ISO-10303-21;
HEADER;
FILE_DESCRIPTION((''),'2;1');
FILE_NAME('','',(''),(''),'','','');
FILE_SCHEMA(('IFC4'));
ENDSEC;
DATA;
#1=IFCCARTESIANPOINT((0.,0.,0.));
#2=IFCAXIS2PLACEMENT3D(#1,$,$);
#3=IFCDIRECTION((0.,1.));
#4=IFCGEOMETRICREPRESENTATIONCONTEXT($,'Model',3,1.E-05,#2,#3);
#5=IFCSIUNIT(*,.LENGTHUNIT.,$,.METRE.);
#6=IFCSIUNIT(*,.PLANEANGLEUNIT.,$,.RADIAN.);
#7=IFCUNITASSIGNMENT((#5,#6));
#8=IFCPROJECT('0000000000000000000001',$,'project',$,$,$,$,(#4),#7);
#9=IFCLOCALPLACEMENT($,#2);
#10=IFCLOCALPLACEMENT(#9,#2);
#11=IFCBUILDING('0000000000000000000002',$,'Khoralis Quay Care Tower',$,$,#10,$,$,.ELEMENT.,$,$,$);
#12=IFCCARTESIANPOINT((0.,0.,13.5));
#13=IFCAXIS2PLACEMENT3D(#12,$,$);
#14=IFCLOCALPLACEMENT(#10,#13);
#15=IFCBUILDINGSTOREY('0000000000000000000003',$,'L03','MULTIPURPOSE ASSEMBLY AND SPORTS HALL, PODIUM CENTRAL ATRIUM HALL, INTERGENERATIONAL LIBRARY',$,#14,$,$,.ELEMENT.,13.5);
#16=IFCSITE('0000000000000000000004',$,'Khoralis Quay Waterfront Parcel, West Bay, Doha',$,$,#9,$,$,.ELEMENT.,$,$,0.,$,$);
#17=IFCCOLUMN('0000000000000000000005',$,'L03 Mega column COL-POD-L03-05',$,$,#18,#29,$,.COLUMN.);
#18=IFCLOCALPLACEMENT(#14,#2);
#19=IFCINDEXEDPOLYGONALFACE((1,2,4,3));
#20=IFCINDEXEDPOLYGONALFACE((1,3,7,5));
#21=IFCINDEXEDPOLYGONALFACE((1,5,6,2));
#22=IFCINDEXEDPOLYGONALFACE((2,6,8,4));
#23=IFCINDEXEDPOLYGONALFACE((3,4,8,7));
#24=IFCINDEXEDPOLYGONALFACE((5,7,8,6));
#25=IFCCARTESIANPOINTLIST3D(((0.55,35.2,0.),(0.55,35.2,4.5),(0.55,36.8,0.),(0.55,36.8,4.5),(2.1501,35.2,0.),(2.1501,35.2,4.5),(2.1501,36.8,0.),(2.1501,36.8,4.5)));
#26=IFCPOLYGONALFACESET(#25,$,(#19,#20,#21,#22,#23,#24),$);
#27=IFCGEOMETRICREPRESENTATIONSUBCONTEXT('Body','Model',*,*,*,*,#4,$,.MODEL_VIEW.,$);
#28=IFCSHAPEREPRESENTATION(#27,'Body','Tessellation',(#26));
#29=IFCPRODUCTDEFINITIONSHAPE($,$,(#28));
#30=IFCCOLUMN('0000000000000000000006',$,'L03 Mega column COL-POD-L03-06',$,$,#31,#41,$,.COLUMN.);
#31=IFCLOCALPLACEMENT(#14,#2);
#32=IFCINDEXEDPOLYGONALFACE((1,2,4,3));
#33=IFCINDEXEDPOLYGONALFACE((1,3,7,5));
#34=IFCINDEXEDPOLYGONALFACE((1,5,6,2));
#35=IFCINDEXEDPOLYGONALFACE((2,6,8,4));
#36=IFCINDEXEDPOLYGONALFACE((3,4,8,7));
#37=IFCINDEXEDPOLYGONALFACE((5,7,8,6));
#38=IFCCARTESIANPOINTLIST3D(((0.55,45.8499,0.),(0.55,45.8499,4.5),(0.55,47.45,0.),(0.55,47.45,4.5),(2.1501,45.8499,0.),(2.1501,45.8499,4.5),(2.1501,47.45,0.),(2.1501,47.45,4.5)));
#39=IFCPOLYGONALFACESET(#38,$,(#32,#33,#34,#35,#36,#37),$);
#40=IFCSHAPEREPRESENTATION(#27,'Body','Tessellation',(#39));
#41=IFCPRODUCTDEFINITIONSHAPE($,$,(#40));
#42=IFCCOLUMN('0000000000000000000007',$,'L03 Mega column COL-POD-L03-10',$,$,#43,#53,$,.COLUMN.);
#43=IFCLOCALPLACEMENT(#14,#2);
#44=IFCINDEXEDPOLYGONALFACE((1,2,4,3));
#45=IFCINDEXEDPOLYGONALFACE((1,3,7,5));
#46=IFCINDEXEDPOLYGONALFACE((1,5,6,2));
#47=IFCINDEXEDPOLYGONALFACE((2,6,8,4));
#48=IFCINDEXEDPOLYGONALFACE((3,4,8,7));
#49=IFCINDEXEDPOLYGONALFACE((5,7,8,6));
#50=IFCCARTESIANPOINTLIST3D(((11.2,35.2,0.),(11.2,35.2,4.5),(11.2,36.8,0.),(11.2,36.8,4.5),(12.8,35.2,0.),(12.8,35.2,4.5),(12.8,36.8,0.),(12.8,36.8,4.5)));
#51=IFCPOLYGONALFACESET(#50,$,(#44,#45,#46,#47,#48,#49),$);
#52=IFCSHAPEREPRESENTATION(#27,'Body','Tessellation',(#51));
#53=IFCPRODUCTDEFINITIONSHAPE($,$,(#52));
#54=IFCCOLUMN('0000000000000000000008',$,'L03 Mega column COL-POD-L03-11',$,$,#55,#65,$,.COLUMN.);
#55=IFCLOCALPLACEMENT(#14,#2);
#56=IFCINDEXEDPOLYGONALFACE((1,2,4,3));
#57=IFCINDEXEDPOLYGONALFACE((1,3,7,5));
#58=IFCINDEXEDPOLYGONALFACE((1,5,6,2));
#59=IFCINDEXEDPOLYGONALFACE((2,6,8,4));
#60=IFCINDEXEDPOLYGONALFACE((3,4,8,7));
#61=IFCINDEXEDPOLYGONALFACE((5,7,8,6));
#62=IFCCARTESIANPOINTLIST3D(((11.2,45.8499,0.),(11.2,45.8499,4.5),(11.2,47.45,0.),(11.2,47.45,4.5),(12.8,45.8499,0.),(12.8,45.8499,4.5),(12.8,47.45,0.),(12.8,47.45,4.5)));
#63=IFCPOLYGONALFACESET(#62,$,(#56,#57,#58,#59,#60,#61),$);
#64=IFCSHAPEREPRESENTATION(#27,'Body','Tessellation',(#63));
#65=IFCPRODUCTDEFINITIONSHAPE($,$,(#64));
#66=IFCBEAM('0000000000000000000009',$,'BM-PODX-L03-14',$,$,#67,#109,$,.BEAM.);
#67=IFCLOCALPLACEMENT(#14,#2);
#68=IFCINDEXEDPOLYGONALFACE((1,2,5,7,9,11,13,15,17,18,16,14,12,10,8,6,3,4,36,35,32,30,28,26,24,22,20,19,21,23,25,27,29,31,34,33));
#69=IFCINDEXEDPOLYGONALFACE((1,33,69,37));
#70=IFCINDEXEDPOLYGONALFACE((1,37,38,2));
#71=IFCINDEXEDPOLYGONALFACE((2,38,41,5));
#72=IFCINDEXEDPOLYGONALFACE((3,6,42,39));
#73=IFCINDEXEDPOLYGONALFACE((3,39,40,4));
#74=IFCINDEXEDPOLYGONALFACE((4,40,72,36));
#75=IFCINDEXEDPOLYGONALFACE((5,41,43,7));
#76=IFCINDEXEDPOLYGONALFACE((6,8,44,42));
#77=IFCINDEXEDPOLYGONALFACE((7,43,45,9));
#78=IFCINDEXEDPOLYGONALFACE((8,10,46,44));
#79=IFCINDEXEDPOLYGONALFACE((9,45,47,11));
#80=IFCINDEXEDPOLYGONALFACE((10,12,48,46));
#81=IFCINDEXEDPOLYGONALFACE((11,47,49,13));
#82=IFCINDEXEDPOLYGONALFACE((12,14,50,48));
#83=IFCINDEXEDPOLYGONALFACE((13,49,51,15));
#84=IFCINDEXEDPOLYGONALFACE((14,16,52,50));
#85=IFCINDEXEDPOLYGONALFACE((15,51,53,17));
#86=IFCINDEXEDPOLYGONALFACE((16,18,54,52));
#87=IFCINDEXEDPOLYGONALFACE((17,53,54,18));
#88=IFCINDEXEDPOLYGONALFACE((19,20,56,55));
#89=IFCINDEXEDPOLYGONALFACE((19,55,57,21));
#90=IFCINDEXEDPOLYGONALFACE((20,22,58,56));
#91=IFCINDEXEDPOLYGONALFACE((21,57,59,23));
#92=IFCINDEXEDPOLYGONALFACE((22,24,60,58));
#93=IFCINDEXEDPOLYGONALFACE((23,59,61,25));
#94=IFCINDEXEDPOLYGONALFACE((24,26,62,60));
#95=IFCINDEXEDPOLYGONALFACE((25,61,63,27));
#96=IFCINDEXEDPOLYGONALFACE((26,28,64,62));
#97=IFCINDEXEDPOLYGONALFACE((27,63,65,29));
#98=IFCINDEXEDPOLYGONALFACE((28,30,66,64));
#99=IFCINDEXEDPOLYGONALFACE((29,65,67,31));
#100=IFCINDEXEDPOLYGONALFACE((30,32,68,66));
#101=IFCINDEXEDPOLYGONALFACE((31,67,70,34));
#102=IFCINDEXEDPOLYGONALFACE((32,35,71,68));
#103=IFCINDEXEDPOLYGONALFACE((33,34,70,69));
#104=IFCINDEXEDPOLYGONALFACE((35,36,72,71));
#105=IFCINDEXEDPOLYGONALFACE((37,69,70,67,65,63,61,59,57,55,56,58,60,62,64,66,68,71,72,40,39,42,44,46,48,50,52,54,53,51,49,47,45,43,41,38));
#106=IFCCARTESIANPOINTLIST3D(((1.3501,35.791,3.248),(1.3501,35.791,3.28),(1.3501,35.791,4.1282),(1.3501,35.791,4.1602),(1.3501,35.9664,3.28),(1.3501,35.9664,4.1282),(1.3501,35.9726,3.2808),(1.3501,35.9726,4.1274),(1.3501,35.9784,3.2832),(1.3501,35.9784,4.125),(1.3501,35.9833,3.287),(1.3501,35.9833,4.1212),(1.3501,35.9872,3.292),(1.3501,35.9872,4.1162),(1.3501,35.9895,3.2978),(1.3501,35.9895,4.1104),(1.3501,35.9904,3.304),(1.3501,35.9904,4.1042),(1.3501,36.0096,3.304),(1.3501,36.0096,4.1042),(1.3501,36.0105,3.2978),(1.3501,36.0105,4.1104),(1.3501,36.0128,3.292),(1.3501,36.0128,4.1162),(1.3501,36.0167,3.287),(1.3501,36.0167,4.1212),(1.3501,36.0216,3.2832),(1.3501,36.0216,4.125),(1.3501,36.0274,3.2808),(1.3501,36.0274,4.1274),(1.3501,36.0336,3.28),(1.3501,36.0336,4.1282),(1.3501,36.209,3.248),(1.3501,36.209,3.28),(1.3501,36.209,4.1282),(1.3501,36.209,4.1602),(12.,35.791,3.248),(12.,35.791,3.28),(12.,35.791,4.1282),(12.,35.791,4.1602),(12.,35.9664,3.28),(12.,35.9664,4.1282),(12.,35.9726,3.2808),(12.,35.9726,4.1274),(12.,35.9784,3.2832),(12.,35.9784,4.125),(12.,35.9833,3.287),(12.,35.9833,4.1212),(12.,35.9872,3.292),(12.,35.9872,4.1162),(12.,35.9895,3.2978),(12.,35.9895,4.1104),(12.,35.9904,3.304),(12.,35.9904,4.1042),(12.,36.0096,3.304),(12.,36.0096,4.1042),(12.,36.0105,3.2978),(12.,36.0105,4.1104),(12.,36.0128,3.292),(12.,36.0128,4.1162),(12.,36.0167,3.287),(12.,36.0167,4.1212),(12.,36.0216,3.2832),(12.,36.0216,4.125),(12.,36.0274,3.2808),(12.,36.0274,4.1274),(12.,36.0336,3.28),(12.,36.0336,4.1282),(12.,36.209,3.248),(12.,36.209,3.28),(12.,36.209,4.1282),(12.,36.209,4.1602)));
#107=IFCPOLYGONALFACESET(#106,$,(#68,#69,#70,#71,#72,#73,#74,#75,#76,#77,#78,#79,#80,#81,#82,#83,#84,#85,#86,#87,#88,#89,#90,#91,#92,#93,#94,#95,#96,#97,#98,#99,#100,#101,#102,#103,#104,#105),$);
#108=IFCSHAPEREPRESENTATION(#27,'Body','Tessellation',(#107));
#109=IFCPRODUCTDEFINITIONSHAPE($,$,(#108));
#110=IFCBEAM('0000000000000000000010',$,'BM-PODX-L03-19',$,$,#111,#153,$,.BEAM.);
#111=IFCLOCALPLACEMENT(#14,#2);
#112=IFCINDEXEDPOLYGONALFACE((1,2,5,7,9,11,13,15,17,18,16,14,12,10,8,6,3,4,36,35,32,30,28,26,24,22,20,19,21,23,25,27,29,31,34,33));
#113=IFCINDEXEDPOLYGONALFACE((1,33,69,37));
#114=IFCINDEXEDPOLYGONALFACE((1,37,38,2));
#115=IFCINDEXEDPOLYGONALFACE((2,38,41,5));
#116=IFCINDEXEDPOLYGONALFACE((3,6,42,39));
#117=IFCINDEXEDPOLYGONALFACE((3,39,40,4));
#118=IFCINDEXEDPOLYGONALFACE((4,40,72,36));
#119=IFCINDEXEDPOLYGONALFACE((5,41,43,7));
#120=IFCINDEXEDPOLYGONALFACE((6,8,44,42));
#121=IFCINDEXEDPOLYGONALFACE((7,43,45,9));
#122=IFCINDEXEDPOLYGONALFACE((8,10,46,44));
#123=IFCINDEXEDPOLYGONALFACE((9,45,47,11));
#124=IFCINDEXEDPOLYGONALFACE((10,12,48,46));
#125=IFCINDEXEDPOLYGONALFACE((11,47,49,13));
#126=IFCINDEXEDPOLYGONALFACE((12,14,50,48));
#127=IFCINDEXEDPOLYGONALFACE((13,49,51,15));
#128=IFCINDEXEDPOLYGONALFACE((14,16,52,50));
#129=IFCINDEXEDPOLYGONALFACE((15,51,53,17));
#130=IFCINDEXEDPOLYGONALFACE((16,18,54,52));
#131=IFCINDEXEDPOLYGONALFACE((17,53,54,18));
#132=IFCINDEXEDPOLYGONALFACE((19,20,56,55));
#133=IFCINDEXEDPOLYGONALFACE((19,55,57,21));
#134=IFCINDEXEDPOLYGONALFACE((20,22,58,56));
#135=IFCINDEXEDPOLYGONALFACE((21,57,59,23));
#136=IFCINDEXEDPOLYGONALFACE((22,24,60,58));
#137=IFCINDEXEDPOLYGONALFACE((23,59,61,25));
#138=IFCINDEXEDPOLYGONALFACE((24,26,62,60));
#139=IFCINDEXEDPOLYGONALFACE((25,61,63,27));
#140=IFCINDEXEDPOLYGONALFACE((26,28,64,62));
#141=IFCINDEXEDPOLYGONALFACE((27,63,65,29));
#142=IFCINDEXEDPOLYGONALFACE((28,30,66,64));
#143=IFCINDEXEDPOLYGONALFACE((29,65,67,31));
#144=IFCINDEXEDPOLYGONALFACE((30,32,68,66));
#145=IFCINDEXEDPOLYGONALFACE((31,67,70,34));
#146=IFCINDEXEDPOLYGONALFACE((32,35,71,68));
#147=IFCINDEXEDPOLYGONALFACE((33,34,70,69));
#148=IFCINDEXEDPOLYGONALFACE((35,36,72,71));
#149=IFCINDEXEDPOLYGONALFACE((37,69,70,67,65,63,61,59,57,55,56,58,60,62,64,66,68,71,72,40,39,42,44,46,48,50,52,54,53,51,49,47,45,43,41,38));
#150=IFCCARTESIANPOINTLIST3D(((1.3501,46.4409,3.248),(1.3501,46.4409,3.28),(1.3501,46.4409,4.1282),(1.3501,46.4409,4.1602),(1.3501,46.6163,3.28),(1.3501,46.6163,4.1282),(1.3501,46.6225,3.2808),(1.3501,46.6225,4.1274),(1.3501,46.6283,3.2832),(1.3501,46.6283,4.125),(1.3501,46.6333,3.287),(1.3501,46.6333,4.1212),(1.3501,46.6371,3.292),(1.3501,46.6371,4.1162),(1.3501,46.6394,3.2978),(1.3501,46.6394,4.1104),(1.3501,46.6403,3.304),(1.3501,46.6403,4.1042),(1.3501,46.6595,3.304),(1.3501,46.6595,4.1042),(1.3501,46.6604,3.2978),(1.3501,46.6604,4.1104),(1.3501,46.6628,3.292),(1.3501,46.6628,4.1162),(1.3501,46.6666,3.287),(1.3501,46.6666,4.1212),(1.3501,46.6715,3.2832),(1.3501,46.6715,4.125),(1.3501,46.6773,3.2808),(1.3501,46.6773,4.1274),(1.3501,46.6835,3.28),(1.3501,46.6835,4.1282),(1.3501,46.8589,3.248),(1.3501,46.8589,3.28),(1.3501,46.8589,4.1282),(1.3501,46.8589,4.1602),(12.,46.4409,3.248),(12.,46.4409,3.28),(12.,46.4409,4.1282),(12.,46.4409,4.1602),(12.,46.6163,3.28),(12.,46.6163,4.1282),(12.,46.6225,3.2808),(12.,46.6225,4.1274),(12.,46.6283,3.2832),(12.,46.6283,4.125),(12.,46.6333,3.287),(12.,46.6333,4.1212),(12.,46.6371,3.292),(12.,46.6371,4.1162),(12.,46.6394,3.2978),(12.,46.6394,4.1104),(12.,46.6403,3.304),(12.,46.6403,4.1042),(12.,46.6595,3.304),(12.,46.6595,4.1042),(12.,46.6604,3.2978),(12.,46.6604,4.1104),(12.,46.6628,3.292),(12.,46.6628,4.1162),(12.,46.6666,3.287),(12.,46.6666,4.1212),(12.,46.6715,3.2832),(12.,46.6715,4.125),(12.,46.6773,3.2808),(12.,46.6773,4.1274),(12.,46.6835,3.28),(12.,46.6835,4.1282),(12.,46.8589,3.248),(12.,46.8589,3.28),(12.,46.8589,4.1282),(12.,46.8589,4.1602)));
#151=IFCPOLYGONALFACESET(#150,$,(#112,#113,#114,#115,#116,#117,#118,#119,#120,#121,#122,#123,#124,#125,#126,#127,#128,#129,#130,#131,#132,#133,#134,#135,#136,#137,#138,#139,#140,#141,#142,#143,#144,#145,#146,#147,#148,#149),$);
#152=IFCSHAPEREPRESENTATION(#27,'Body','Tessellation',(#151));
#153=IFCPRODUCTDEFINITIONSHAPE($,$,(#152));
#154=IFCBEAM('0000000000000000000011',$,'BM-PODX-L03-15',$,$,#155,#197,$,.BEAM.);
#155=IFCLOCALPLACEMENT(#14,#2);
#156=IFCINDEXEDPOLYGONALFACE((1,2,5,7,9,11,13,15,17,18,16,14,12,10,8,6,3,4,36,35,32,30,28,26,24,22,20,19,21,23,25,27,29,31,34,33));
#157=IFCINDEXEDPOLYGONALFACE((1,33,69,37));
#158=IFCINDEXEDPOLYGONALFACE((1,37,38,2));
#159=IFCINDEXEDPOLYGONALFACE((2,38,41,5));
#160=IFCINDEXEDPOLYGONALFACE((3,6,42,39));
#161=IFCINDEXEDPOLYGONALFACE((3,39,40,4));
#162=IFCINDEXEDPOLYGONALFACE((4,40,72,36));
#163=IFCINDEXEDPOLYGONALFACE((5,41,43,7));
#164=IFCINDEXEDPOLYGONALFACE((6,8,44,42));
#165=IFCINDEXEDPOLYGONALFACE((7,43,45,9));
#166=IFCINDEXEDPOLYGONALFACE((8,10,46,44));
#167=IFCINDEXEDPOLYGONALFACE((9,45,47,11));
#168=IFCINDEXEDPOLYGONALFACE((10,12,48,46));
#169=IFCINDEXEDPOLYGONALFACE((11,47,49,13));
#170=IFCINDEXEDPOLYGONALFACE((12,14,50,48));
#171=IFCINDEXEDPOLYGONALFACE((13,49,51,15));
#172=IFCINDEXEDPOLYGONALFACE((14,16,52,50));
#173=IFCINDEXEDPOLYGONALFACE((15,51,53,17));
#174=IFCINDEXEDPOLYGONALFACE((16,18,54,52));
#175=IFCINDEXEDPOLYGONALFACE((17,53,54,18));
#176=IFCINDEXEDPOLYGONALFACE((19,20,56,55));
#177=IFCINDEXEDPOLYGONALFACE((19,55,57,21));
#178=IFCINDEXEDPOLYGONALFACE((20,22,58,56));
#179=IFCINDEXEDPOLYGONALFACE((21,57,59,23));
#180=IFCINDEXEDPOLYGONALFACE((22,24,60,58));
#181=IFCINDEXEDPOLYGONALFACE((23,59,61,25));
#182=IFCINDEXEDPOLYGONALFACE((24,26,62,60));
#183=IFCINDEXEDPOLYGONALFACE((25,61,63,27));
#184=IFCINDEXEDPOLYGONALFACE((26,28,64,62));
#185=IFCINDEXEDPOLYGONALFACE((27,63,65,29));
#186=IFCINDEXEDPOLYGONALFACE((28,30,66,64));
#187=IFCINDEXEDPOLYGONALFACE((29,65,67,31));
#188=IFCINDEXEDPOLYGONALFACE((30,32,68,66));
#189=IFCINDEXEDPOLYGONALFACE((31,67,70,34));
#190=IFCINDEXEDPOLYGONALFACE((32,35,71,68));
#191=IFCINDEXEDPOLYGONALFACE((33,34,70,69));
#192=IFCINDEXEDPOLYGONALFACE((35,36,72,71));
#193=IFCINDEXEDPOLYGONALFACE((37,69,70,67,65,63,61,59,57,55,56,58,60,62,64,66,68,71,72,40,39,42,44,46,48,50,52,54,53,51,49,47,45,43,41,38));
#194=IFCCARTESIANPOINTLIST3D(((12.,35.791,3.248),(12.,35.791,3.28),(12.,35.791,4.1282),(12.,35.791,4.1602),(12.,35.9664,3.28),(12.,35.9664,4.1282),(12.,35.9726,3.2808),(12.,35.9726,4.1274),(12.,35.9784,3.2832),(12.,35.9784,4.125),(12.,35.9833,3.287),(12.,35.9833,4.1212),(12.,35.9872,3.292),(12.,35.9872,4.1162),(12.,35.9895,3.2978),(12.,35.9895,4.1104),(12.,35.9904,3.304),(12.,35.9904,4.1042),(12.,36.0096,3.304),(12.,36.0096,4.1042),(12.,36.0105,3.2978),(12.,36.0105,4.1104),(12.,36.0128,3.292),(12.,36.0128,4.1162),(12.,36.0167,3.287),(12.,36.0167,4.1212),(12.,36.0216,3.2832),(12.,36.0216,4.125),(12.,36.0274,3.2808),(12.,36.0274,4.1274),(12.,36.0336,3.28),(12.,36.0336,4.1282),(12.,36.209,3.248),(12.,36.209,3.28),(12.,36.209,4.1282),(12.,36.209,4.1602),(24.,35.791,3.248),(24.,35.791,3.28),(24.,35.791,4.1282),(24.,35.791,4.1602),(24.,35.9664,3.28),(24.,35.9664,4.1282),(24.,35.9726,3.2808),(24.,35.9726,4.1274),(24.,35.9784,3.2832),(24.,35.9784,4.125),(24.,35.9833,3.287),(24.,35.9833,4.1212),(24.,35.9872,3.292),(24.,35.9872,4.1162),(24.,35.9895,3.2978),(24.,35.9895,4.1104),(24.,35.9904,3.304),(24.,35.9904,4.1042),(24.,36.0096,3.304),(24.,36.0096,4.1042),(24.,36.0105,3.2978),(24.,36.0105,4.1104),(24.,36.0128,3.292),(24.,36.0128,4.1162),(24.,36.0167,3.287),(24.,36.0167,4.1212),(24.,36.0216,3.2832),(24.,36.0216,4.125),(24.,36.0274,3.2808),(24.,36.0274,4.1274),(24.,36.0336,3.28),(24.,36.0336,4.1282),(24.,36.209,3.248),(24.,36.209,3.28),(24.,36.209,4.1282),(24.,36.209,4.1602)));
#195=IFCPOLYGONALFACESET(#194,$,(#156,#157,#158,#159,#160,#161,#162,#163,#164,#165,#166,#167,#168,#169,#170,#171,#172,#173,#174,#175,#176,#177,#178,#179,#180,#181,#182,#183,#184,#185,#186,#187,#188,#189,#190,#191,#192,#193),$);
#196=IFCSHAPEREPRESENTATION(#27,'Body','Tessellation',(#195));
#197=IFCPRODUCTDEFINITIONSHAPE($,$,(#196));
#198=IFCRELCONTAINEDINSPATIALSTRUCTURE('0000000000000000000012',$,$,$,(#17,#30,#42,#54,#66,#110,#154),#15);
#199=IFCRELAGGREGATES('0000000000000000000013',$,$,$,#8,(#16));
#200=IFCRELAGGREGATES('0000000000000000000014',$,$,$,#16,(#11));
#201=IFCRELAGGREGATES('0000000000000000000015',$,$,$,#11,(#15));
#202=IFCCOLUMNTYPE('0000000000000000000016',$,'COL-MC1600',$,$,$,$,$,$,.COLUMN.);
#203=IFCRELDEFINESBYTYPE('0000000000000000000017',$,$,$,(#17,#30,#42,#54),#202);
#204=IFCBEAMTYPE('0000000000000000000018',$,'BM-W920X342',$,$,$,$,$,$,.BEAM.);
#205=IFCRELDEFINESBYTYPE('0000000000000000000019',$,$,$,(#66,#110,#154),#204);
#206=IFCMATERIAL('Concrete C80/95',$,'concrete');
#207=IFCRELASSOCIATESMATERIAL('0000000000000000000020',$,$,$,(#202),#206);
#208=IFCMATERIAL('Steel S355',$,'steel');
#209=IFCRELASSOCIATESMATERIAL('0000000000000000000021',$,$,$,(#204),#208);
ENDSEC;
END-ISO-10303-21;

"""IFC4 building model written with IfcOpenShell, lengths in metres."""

from ifc_helpers import new_model, si_unit, direction, frame, origin, origin_2d, place, context, subcontext, project, spatial, rectangle, i_section, extrude, source, transform, mapped, material, material_profile, profile_set, type_object, element, save


model = new_model("IFC4")

# Units and contexts
model_context = context("Model", 3, precision=1e-05, world=origin(), true_north=direction((0.0, 1.0)))
body_context = subcontext(model_context, "Body", "Model", "MODEL_VIEW")
ifc_project = project(units=[si_unit("LENGTHUNIT", "METRE"), si_unit("PLANEANGLEUNIT", "RADIAN")], contexts=[model_context])

# Site, building, storey
site_placement = place(None, origin())
site = spatial("IfcSite", under=ifc_project, at=site_placement, Name="Khoralis Quay Waterfront Parcel, West Bay, Doha", CompositionType="ELEMENT", RefElevation=0.0)
building_placement = place(site_placement, origin())
building = spatial("IfcBuilding", under=site, at=building_placement, Name="Khoralis Quay Care Tower", CompositionType="ELEMENT")
storey_placement = place(building_placement, frame((0.0, 0.0, 13.5)))
storey = spatial("IfcBuildingStorey", under=building, at=storey_placement, Name="L03", Description="MULTIPURPOSE ASSEMBLY AND SPORTS HALL, PODIUM CENTRAL ATRIUM HALL, INTERGENERATIONAL LIBRARY", CompositionType="ELEMENT", Elevation=13.5)

# Columns
ifc_material_1 = material(Name="Concrete C80/95", Category="concrete")
ifc_material_profile_1 = material_profile(ifc_material_1, rectangle(XDim=1.6001, YDim=1.6001, at=origin_2d()), Name="Concrete C80/95")
ifc_profile_set_1 = profile_set([ifc_material_profile_1], Name="Concrete C80/95")
column_type = type_object("IfcColumnType", Name="COL-MC1600", PredefinedType="COLUMN", material=ifc_profile_set_1)
shared_shape_1 = source(origin(), body_context, "Body", "SweptSolid", [
    extrude(rectangle(XDim=1.6001, YDim=1.6001, at=origin_2d()), origin(), (0.0, 0.0, 1.0), 4.5),
])
for number, where, z_axis, x_axis, name in (
    (1, (1.3501, 36.0, 0.0), (0.0, 0.0, 1.0), (1.0, 0.0, 0.0), "L03 Mega column COL-POD-L03-05"),
    (2, (1.3501, 46.6499, 0.0), (0.0, 0.0, 1.0), (1.0, 0.0, 0.0), "L03 Mega column COL-POD-L03-06"),
    (3, (12.0, 36.0, 0.0), (0.0, 0.0, 1.0), (1.0, 0.0, 0.0), "L03 Mega column COL-POD-L03-10"),
    (4, (12.0, 46.6499, 0.0), (0.0, 0.0, 1.0), (1.0, 0.0, 0.0), "L03 Mega column COL-POD-L03-11"),
):
    element("IfcColumn", number, at=place(storey_placement, frame(where, z_axis=z_axis, x_axis=x_axis)), inside=storey, type_object=column_type, Name=name, PredefinedType="COLUMN", context=body_context, shape_type="MappedRepresentation", body=[
        mapped(shared_shape_1, transform((0.0, 0.0, 0.0), scale=1.0)),
    ])

# Beams
ifc_material_2 = material(Name="Steel S355", Category="steel")
ifc_material_profile_2 = material_profile(ifc_material_2, i_section(OverallWidth=0.418, OverallDepth=0.9121, WebThickness=0.0193, FlangeThickness=0.032, FilletRadius=0.0239, at=origin_2d()), Name="Steel S355")
ifc_profile_set_2 = profile_set([ifc_material_profile_2], Name="Steel S355")
beam_type_1 = type_object("IfcBeamType", Name="BM-W920X342", PredefinedType="BEAM", material=ifc_profile_set_2)
shared_shape_2 = source(origin(), body_context, "Body", "SweptSolid", [
    extrude(i_section(OverallWidth=0.418, OverallDepth=0.9121, WebThickness=0.0193, FlangeThickness=0.032, FilletRadius=0.0239, at=origin_2d()), origin(), (0.0, 0.0, 1.0), 10.6499),
])
for number, where, z_axis, x_axis, name in (
    (5, (1.3501, 36.0, 3.7041), (1.0, 0.0, 0.0), (0.0, 1.0, 0.0), "BM-PODX-L03-14"),
    (6, (1.3501, 46.6499, 3.7041), (1.0, 0.0, 0.0), (0.0, 1.0, 0.0), "BM-PODX-L03-19"),
):
    element("IfcBeam", number, at=place(storey_placement, frame(where, z_axis=z_axis, x_axis=x_axis)), inside=storey, type_object=beam_type_1, Name=name, PredefinedType="BEAM", context=body_context, shape_type="MappedRepresentation", body=[
        mapped(shared_shape_2, transform((0.0, 0.0, 0.0), scale=1.0)),
    ])
shared_shape_3 = source(origin(), body_context, "Body", "SweptSolid", [
    extrude(i_section(OverallWidth=0.418, OverallDepth=0.9121, WebThickness=0.0193, FlangeThickness=0.032, FilletRadius=0.0239, at=origin_2d()), origin(), (0.0, 0.0, 1.0), 12.0),
])
beam_1_placement = place(storey_placement, frame((12.0, 36.0, 3.7041), z_axis=(1.0, 0.0, 0.0), x_axis=(0.0, 1.0, 0.0)))
element("IfcBeam", 7, at=beam_1_placement, inside=storey, type_object=beam_type_1, Name="BM-PODX-L03-15", PredefinedType="BEAM", context=body_context, shape_type="MappedRepresentation", body=[
    mapped(shared_shape_3, transform((0.0, 0.0, 0.0), scale=1.0)),
])

save(model, "model.ifc")
